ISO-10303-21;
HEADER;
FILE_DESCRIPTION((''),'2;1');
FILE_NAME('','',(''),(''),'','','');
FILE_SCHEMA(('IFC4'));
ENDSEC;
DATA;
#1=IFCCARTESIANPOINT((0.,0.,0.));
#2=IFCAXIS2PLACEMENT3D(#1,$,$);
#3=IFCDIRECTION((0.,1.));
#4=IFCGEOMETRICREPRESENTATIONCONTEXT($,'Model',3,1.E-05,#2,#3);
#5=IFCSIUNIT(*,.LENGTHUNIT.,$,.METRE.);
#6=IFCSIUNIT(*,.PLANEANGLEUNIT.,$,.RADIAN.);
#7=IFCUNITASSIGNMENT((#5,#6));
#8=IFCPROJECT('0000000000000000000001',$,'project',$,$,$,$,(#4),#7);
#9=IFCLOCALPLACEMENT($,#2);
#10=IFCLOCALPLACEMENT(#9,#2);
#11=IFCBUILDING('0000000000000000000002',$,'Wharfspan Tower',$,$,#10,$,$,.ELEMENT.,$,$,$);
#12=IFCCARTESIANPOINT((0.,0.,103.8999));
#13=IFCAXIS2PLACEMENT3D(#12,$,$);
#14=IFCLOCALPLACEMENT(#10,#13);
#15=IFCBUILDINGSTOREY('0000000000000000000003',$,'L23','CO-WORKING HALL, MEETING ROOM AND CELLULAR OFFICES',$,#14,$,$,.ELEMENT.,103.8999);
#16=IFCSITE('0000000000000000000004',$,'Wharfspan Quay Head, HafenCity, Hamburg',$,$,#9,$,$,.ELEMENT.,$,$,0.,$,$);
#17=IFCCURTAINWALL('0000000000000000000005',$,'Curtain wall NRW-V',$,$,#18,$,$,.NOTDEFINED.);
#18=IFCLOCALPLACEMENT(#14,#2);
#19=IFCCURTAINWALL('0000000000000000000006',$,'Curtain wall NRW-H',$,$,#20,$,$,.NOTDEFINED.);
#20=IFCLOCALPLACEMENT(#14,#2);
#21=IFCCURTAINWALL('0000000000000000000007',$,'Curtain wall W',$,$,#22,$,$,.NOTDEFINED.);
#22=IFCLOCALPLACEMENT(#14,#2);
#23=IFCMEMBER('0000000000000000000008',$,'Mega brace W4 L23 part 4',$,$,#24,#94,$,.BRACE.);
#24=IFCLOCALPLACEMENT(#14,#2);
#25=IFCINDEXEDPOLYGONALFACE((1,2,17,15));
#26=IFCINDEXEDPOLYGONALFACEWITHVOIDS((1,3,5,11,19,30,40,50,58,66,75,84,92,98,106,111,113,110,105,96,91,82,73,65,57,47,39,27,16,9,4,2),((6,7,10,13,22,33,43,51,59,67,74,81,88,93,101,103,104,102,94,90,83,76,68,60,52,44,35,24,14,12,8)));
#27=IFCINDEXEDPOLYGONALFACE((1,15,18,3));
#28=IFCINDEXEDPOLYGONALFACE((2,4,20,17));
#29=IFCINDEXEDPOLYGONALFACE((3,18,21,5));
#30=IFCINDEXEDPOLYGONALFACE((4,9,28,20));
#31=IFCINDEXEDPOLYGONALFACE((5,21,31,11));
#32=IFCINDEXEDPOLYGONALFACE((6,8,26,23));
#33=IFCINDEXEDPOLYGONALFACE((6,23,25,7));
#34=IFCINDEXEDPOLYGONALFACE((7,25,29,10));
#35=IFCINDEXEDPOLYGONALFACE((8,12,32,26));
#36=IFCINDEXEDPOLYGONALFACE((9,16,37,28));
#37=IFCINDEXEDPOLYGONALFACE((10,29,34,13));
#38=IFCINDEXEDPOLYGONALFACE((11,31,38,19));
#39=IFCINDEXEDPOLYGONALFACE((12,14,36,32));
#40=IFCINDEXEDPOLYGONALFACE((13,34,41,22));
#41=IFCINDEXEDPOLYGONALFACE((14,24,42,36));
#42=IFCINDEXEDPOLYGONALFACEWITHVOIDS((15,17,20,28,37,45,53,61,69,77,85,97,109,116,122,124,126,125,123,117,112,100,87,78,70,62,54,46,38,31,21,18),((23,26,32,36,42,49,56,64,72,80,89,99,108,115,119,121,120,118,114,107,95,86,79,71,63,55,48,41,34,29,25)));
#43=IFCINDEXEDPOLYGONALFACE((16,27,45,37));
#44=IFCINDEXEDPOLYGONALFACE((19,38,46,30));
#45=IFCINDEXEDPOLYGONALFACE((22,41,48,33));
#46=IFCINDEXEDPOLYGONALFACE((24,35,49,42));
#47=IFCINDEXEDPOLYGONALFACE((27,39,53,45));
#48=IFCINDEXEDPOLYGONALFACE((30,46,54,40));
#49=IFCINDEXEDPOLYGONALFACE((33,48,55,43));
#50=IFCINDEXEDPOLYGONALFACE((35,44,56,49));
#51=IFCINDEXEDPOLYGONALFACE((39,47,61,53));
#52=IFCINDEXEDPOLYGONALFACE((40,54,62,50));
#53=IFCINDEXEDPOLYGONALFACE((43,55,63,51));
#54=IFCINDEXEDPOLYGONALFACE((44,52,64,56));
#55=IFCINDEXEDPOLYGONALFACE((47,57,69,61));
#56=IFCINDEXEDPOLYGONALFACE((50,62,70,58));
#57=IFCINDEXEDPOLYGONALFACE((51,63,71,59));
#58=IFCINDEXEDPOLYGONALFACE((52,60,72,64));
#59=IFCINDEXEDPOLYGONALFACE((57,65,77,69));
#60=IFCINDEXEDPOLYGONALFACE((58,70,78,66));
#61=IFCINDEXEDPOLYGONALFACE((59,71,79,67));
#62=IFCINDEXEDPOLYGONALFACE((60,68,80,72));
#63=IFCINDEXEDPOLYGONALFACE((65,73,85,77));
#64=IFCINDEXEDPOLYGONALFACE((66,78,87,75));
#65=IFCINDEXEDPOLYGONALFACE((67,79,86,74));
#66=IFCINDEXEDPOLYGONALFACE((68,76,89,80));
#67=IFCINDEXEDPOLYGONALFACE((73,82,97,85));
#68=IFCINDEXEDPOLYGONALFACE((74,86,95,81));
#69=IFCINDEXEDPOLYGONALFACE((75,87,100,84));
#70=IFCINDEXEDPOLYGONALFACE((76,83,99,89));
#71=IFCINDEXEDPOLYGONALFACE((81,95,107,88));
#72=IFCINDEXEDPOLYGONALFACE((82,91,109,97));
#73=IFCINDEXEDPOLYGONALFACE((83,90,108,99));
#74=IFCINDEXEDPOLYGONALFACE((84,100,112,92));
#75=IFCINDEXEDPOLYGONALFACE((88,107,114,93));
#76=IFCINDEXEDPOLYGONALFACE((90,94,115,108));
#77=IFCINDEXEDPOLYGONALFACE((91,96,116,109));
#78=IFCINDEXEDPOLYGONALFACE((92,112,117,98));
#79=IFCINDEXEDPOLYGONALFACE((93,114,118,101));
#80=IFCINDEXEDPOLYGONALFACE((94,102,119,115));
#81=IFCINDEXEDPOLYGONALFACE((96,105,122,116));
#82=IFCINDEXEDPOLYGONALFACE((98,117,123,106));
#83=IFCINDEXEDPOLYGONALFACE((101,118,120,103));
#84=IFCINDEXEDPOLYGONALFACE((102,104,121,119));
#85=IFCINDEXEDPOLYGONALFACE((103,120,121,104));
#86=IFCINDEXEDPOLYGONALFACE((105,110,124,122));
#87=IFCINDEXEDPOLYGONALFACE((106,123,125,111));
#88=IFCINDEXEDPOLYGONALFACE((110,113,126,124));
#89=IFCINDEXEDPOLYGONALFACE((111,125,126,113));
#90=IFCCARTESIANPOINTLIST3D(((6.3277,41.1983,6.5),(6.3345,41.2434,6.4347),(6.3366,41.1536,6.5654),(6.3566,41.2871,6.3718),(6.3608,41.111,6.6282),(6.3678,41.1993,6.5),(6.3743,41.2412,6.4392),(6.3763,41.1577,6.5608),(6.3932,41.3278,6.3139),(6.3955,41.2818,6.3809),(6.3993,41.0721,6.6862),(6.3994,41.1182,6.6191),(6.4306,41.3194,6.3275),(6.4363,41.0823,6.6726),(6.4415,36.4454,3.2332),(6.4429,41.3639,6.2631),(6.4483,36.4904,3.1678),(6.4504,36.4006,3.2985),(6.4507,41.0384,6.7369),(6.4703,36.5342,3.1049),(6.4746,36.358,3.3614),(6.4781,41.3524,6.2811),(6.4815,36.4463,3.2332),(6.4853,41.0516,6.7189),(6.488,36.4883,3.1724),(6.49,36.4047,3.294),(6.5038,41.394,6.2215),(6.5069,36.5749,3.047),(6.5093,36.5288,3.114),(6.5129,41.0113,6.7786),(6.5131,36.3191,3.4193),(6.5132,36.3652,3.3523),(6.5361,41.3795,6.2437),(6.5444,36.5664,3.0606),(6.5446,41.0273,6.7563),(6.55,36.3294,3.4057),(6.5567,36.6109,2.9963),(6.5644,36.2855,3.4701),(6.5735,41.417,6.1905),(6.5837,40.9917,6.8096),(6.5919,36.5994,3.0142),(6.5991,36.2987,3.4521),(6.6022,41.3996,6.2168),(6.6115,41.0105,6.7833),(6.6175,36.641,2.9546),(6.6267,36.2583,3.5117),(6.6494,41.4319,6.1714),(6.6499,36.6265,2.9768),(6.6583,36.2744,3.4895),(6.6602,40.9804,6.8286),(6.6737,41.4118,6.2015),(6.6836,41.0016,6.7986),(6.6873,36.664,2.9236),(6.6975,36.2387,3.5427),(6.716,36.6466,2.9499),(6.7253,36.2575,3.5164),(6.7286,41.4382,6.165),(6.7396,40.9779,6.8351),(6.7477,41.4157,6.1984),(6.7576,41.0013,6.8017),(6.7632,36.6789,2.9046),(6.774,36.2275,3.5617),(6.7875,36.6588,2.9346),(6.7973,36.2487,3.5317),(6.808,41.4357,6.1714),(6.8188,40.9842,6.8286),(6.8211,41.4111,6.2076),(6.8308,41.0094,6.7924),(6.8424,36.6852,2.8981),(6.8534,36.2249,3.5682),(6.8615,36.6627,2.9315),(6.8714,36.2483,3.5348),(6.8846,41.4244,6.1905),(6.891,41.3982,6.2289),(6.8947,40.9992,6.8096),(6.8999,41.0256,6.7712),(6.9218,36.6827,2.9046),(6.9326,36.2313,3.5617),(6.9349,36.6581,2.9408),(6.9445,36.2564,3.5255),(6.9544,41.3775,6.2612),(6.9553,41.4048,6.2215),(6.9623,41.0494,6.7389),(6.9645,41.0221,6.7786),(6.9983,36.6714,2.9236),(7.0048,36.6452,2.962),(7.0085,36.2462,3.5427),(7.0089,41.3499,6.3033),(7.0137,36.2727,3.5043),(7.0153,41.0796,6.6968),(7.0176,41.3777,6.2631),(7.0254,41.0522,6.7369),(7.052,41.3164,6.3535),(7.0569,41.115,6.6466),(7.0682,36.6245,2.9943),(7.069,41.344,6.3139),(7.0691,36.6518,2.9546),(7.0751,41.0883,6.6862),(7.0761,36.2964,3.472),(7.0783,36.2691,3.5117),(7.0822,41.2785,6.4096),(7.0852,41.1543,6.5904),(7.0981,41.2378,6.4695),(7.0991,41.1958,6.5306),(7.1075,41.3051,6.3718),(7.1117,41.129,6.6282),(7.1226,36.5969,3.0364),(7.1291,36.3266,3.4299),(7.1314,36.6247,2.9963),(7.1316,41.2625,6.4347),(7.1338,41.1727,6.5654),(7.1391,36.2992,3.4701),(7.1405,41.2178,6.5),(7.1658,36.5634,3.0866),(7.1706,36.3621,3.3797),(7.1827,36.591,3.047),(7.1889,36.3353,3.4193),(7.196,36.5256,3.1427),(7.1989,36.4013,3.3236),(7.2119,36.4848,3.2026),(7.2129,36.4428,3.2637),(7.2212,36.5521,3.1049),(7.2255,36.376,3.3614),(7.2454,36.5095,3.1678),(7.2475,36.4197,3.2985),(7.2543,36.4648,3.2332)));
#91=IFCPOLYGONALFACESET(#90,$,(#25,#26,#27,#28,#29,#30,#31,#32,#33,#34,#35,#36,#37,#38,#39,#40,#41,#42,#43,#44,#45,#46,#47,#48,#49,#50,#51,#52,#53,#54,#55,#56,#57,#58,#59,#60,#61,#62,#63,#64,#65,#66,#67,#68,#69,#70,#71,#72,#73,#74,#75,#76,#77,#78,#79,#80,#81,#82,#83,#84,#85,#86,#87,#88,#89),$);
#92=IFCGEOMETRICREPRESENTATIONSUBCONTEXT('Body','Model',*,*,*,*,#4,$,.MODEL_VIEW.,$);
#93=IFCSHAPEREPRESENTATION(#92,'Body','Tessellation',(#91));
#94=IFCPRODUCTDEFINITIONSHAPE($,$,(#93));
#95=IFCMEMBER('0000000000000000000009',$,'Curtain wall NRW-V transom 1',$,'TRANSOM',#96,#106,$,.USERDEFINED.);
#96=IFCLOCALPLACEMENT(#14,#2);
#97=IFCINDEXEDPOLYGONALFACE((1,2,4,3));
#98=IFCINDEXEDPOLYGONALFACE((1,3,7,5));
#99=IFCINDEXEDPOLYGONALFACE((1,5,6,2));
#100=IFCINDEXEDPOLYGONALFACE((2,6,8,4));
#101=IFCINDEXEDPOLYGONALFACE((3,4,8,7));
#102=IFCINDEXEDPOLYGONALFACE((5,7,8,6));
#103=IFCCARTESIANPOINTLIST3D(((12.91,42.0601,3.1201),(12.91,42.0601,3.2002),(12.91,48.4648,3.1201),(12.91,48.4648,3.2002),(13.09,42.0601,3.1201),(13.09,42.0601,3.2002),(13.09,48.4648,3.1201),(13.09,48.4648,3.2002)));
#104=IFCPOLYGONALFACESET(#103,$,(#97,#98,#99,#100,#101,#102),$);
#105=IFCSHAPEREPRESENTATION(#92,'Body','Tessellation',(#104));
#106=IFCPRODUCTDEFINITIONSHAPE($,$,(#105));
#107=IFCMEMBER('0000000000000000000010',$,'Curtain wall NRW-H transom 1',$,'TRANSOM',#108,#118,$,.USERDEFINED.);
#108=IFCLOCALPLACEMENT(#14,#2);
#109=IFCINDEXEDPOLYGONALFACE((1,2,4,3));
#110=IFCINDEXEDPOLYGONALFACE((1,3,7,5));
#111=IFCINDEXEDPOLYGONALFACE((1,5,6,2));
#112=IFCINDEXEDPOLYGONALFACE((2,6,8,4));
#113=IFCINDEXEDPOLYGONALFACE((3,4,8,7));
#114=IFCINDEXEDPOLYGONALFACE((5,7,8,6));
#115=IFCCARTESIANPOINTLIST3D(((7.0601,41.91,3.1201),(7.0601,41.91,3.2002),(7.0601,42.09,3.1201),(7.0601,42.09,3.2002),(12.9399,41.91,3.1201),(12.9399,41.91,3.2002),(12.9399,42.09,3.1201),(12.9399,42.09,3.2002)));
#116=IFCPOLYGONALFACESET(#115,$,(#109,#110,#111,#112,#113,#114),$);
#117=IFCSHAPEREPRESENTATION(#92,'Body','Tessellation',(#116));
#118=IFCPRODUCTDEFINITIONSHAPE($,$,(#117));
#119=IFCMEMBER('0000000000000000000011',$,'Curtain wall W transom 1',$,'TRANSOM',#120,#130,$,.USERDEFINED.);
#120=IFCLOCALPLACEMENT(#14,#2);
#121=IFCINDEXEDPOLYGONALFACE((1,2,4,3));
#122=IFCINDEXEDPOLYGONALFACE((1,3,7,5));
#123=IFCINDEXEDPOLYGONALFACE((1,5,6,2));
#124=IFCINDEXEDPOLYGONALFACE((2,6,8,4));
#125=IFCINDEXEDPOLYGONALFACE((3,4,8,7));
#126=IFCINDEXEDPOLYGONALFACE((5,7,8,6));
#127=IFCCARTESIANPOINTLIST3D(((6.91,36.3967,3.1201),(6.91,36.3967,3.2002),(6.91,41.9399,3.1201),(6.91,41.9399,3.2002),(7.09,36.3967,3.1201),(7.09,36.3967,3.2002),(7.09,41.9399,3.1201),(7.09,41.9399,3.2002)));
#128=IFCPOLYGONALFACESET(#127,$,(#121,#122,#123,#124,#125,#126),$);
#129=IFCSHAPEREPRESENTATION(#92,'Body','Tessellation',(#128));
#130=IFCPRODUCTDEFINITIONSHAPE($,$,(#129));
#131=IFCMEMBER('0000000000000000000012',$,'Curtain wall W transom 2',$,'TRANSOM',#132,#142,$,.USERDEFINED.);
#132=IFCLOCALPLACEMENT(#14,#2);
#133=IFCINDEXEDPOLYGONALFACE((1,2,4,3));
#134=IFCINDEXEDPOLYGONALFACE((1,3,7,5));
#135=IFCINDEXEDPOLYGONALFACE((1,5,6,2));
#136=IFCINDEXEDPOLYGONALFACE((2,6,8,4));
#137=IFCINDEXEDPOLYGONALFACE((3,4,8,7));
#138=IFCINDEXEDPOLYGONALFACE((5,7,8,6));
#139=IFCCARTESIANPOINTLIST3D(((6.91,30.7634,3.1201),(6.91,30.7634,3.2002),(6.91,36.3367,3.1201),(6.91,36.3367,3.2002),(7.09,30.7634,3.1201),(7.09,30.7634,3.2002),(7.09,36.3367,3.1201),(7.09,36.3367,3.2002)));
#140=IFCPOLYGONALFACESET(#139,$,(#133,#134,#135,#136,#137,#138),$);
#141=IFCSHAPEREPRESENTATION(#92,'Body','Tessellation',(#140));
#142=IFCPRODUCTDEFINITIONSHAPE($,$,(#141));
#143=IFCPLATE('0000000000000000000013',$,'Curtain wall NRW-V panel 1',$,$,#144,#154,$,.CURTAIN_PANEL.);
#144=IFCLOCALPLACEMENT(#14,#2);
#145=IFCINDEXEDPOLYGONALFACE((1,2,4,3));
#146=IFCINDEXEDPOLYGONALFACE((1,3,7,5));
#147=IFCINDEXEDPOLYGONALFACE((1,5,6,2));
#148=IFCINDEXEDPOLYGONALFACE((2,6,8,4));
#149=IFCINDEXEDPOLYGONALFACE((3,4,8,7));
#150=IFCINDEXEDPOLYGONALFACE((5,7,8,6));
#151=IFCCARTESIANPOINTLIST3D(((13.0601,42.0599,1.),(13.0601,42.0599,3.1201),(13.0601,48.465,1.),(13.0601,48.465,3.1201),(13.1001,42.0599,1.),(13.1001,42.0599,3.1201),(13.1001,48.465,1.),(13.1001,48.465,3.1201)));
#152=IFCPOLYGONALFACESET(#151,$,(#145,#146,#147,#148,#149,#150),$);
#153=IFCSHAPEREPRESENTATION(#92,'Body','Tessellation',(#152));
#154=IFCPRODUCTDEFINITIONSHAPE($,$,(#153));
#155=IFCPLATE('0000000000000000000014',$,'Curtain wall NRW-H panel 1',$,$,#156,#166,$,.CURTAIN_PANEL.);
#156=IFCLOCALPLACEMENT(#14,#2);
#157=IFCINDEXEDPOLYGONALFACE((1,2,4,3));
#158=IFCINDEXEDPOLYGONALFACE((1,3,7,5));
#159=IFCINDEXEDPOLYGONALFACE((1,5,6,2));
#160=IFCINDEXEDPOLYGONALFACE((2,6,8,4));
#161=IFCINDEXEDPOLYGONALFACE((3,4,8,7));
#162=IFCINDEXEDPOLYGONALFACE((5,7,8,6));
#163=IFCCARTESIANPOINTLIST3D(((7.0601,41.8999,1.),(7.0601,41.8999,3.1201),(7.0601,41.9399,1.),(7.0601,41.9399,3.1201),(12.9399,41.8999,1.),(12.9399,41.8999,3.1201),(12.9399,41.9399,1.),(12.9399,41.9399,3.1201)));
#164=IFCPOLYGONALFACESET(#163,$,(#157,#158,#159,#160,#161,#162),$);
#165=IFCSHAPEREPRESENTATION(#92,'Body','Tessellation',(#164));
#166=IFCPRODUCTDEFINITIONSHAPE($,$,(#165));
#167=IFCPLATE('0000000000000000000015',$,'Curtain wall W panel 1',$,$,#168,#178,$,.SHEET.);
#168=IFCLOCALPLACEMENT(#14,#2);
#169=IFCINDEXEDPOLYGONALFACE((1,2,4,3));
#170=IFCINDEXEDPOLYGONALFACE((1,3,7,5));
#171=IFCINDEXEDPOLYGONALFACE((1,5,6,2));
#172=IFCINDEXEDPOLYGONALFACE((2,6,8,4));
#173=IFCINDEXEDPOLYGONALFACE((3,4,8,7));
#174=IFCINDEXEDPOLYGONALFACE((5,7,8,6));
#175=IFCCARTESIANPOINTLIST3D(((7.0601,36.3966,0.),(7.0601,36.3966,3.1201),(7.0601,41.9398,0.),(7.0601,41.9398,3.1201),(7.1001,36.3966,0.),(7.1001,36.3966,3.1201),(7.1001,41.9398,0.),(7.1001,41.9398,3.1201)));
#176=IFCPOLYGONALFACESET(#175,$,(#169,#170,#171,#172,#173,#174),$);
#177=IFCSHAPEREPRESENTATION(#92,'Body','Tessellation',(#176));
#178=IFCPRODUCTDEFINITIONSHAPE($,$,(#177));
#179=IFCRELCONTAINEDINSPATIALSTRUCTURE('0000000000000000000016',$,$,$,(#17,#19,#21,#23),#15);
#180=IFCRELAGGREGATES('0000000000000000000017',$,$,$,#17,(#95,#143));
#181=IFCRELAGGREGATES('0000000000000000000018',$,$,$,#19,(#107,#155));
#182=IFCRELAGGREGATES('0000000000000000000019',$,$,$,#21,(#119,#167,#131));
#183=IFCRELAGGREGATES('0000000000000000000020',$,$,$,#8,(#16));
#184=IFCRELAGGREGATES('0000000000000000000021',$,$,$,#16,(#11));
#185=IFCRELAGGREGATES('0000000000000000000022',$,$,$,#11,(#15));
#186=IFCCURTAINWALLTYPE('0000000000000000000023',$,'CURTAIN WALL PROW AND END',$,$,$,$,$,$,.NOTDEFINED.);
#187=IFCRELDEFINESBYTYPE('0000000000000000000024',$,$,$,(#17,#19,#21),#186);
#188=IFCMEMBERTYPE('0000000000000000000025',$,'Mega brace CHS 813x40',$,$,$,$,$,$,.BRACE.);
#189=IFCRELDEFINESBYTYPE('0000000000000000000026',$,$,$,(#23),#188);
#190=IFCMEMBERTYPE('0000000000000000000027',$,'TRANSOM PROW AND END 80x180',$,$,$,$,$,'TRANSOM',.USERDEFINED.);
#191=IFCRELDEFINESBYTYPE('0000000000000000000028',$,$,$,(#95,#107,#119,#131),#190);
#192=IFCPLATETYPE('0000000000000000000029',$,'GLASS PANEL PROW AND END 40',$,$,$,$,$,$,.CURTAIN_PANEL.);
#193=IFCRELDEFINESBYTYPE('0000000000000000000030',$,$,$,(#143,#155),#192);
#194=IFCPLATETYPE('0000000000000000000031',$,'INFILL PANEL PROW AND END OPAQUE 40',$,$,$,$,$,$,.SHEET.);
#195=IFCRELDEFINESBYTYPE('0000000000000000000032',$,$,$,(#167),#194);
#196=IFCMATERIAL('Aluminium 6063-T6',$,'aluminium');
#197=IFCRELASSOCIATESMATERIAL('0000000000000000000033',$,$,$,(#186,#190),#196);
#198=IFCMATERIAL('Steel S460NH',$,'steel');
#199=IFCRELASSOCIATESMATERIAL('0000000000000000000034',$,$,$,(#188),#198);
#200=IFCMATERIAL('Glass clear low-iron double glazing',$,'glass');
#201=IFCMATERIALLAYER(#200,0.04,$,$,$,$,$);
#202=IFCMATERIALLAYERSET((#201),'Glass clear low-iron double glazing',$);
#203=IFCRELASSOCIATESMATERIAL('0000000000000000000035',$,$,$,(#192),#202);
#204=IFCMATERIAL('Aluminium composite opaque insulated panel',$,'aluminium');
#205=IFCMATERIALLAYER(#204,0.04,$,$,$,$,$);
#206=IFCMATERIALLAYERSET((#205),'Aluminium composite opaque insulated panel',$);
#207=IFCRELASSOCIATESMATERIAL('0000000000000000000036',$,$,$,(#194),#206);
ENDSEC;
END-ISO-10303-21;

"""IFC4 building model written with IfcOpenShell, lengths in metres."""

from ifc_helpers import new_model, si_unit, direction, frame, origin, origin_2d, place, context, subcontext, project, spatial, rectangle, hollow_circle, extrude, material, layer, layer_set, material_profile, profile_set, type_object, element, aggregate, save


model = new_model("IFC4")

# Units and contexts
model_context = context("Model", 3, precision=1e-05, world=origin(), true_north=direction((0.0, 1.0)))
body_context = subcontext(model_context, "Body", "Model", "MODEL_VIEW")
ifc_project = project(units=[si_unit("LENGTHUNIT", "METRE"), si_unit("PLANEANGLEUNIT", "RADIAN")], contexts=[model_context])

# Site, building, storey
site_placement = place(None, origin())
site = spatial("IfcSite", under=ifc_project, at=site_placement, Name="Wharfspan Quay Head, HafenCity, Hamburg", CompositionType="ELEMENT", RefElevation=0.0)
building_placement = place(site_placement, origin())
building = spatial("IfcBuilding", under=site, at=building_placement, Name="Wharfspan Tower", CompositionType="ELEMENT")
storey_placement = place(building_placement, frame((0.0, 0.0, 103.8999)))
storey = spatial("IfcBuildingStorey", under=building, at=storey_placement, Name="L23", Description="CO-WORKING HALL, MEETING ROOM AND CELLULAR OFFICES", CompositionType="ELEMENT", Elevation=103.8999)

# Curtain walls
ifc_material_1 = material(Name="Aluminium 6063-T6", Category="aluminium")
curtain_wall_type = type_object("IfcCurtainWallType", Name="CURTAIN WALL PROW AND END", PredefinedType="NOTDEFINED", material=ifc_material_1)
curtain_wall_1_placement = place(storey_placement, origin())
curtain_wall_1 = element("IfcCurtainWall", 1, at=curtain_wall_1_placement, inside=storey, type_object=curtain_wall_type, Name="Curtain wall NRW-V", PredefinedType="NOTDEFINED")
curtain_wall_2_placement = place(storey_placement, origin())
curtain_wall_2 = element("IfcCurtainWall", 2, at=curtain_wall_2_placement, inside=storey, type_object=curtain_wall_type, Name="Curtain wall NRW-H", PredefinedType="NOTDEFINED")
curtain_wall_3_placement = place(storey_placement, origin())
curtain_wall_3 = element("IfcCurtainWall", 3, at=curtain_wall_3_placement, inside=storey, type_object=curtain_wall_type, Name="Curtain wall W", PredefinedType="NOTDEFINED")

# Member
ifc_material_2 = material(Name="Steel S460NH", Category="steel")
ifc_material_profile_1 = material_profile(ifc_material_2, hollow_circle(Radius=0.4065, WallThickness=0.04, at=origin_2d()))
ifc_profile_set_1 = profile_set([ifc_material_profile_1], Name="Steel S460NH")
member_type_1 = type_object("IfcMemberType", Name="Mega brace CHS 813x40", PredefinedType="BRACE", material=ifc_profile_set_1)
member_1_placement = place(storey_placement, frame((6.8479, 36.4551, 3.2332), z_axis=(-0.019723, 0.823946, 0.566325), x_axis=(-0.999713, -0.023929, -0.000002)))
element("IfcMember", 4, at=member_1_placement, inside=storey, type_object=member_type_1, Name="Mega brace W4 L23 part 4", PredefinedType="BRACE", context=body_context, shape_type="SweptSolid", body=[
    extrude(hollow_circle(Radius=0.4065, WallThickness=0.04, at=origin_2d()), origin(), (0.0, 0.0, 1.0), 5.7686),
])

# Members
ifc_material_profile_2 = material_profile(ifc_material_1, rectangle(XDim=0.1799, YDim=0.0801, at=origin_2d()))
ifc_profile_set_2 = profile_set([ifc_material_profile_2], Name="Aluminium 6063-T6")
member_type_2 = type_object("IfcMemberType", Name="TRANSOM PROW AND END 80x180", ElementType="TRANSOM", PredefinedType="USERDEFINED", material=ifc_profile_set_2)
member_2_placement = place(storey_placement, frame((13.0, 48.4648, 3.1602), z_axis=(0.0, -1.0, 0.0), x_axis=(1.0, 0.0, 0.0)))
member_2 = element("IfcMember", 5, at=member_2_placement, type_object=member_type_2, Name="Curtain wall NRW-V transom 1", ObjectType="TRANSOM", PredefinedType="USERDEFINED", context=body_context, shape_type="SweptSolid", body=[
    extrude(rectangle(XDim=0.1799, YDim=0.0801, at=origin_2d()), origin(), (0.0, 0.0, 1.0), 6.4048),
])
member_3_placement = place(storey_placement, frame((12.9399, 42.0, 3.1602), z_axis=(-1.0, 0.0, 0.0), x_axis=(0.0, -1.0, 0.0)))
member_3 = element("IfcMember", 6, at=member_3_placement, type_object=member_type_2, Name="Curtain wall NRW-H transom 1", ObjectType="TRANSOM", PredefinedType="USERDEFINED", context=body_context, shape_type="SweptSolid", body=[
    extrude(rectangle(XDim=0.1799, YDim=0.0801, at=origin_2d()), origin(), (0.0, 0.0, 1.0), 5.8799),
])
member_4_placement = place(storey_placement, frame((7.0, 41.9399, 3.1602), z_axis=(0.0, -1.0, 0.0), x_axis=(1.0, 0.0, 0.0)))
member_4 = element("IfcMember", 7, at=member_4_placement, type_object=member_type_2, Name="Curtain wall W transom 1", ObjectType="TRANSOM", PredefinedType="USERDEFINED", context=body_context, shape_type="SweptSolid", body=[
    extrude(rectangle(XDim=0.1799, YDim=0.0801, at=origin_2d()), origin(), (0.0, 0.0, 1.0), 5.5432),
])
member_5_placement = place(storey_placement, frame((7.0, 36.3367, 3.1602), z_axis=(0.0, -1.0, 0.0), x_axis=(1.0, 0.0, 0.0)))
member_5 = element("IfcMember", 8, at=member_5_placement, type_object=member_type_2, Name="Curtain wall W transom 2", ObjectType="TRANSOM", PredefinedType="USERDEFINED", context=body_context, shape_type="SweptSolid", body=[
    extrude(rectangle(XDim=0.1799, YDim=0.0801, at=origin_2d()), origin(), (0.0, 0.0, 1.0), 5.5732),
])

# Plates
ifc_material_3 = material(Name="Glass clear low-iron double glazing", Category="glass")
ifc_layer_1 = layer(ifc_material_3, 0.04)
ifc_layer_set_1 = layer_set([ifc_layer_1], Name="Glass clear low-iron double glazing")
plate_type_1 = type_object("IfcPlateType", Name="GLASS PANEL PROW AND END 40", PredefinedType="CURTAIN_PANEL", material=ifc_layer_set_1)
plate_1_placement = place(storey_placement, frame((13.0801, 45.2625, 1.0), z_axis=(0.0, 0.0, 1.0), x_axis=(0.0, -1.0, 0.0)))
plate_1 = element("IfcPlate", 9, at=plate_1_placement, type_object=plate_type_1, Name="Curtain wall NRW-V panel 1", PredefinedType="CURTAIN_PANEL", context=body_context, shape_type="SweptSolid", body=[
    extrude(rectangle(XDim=6.405, YDim=0.04, at=origin_2d()), origin(), (0.0, 0.0, 1.0), 2.1201),
])
aggregate(curtain_wall_1, [member_2, plate_1])
plate_2_placement = place(storey_placement, frame((10.0, 41.9199, 1.0), z_axis=(0.0, 0.0, 1.0), x_axis=(-1.0, 0.0, 0.0)))
plate_2 = element("IfcPlate", 10, at=plate_2_placement, type_object=plate_type_1, Name="Curtain wall NRW-H panel 1", PredefinedType="CURTAIN_PANEL", context=body_context, shape_type="SweptSolid", body=[
    extrude(rectangle(XDim=5.8799, YDim=0.04, at=origin_2d()), origin(), (0.0, 0.0, 1.0), 2.1201),
])
aggregate(curtain_wall_2, [member_3, plate_2])
ifc_material_4 = material(Name="Aluminium composite opaque insulated panel", Category="aluminium")
ifc_layer_2 = layer(ifc_material_4, 0.04)
ifc_layer_set_2 = layer_set([ifc_layer_2], Name="Aluminium composite opaque insulated panel")
plate_type_2 = type_object("IfcPlateType", Name="INFILL PANEL PROW AND END OPAQUE 40", PredefinedType="SHEET", material=ifc_layer_set_2)
plate_3_placement = place(storey_placement, frame((7.0801, 39.1682, 0.0), z_axis=(0.0, 0.0, 1.0), x_axis=(0.0, -1.0, 0.0)))
plate_3 = element("IfcPlate", 11, at=plate_3_placement, type_object=plate_type_2, Name="Curtain wall W panel 1", PredefinedType="SHEET", context=body_context, shape_type="SweptSolid", body=[
    extrude(rectangle(XDim=5.5432, YDim=0.04, at=origin_2d()), origin(), (0.0, 0.0, 1.0), 3.1201),
])
aggregate(curtain_wall_3, [member_4, plate_3, member_5])

save(model, "model.ifc")
